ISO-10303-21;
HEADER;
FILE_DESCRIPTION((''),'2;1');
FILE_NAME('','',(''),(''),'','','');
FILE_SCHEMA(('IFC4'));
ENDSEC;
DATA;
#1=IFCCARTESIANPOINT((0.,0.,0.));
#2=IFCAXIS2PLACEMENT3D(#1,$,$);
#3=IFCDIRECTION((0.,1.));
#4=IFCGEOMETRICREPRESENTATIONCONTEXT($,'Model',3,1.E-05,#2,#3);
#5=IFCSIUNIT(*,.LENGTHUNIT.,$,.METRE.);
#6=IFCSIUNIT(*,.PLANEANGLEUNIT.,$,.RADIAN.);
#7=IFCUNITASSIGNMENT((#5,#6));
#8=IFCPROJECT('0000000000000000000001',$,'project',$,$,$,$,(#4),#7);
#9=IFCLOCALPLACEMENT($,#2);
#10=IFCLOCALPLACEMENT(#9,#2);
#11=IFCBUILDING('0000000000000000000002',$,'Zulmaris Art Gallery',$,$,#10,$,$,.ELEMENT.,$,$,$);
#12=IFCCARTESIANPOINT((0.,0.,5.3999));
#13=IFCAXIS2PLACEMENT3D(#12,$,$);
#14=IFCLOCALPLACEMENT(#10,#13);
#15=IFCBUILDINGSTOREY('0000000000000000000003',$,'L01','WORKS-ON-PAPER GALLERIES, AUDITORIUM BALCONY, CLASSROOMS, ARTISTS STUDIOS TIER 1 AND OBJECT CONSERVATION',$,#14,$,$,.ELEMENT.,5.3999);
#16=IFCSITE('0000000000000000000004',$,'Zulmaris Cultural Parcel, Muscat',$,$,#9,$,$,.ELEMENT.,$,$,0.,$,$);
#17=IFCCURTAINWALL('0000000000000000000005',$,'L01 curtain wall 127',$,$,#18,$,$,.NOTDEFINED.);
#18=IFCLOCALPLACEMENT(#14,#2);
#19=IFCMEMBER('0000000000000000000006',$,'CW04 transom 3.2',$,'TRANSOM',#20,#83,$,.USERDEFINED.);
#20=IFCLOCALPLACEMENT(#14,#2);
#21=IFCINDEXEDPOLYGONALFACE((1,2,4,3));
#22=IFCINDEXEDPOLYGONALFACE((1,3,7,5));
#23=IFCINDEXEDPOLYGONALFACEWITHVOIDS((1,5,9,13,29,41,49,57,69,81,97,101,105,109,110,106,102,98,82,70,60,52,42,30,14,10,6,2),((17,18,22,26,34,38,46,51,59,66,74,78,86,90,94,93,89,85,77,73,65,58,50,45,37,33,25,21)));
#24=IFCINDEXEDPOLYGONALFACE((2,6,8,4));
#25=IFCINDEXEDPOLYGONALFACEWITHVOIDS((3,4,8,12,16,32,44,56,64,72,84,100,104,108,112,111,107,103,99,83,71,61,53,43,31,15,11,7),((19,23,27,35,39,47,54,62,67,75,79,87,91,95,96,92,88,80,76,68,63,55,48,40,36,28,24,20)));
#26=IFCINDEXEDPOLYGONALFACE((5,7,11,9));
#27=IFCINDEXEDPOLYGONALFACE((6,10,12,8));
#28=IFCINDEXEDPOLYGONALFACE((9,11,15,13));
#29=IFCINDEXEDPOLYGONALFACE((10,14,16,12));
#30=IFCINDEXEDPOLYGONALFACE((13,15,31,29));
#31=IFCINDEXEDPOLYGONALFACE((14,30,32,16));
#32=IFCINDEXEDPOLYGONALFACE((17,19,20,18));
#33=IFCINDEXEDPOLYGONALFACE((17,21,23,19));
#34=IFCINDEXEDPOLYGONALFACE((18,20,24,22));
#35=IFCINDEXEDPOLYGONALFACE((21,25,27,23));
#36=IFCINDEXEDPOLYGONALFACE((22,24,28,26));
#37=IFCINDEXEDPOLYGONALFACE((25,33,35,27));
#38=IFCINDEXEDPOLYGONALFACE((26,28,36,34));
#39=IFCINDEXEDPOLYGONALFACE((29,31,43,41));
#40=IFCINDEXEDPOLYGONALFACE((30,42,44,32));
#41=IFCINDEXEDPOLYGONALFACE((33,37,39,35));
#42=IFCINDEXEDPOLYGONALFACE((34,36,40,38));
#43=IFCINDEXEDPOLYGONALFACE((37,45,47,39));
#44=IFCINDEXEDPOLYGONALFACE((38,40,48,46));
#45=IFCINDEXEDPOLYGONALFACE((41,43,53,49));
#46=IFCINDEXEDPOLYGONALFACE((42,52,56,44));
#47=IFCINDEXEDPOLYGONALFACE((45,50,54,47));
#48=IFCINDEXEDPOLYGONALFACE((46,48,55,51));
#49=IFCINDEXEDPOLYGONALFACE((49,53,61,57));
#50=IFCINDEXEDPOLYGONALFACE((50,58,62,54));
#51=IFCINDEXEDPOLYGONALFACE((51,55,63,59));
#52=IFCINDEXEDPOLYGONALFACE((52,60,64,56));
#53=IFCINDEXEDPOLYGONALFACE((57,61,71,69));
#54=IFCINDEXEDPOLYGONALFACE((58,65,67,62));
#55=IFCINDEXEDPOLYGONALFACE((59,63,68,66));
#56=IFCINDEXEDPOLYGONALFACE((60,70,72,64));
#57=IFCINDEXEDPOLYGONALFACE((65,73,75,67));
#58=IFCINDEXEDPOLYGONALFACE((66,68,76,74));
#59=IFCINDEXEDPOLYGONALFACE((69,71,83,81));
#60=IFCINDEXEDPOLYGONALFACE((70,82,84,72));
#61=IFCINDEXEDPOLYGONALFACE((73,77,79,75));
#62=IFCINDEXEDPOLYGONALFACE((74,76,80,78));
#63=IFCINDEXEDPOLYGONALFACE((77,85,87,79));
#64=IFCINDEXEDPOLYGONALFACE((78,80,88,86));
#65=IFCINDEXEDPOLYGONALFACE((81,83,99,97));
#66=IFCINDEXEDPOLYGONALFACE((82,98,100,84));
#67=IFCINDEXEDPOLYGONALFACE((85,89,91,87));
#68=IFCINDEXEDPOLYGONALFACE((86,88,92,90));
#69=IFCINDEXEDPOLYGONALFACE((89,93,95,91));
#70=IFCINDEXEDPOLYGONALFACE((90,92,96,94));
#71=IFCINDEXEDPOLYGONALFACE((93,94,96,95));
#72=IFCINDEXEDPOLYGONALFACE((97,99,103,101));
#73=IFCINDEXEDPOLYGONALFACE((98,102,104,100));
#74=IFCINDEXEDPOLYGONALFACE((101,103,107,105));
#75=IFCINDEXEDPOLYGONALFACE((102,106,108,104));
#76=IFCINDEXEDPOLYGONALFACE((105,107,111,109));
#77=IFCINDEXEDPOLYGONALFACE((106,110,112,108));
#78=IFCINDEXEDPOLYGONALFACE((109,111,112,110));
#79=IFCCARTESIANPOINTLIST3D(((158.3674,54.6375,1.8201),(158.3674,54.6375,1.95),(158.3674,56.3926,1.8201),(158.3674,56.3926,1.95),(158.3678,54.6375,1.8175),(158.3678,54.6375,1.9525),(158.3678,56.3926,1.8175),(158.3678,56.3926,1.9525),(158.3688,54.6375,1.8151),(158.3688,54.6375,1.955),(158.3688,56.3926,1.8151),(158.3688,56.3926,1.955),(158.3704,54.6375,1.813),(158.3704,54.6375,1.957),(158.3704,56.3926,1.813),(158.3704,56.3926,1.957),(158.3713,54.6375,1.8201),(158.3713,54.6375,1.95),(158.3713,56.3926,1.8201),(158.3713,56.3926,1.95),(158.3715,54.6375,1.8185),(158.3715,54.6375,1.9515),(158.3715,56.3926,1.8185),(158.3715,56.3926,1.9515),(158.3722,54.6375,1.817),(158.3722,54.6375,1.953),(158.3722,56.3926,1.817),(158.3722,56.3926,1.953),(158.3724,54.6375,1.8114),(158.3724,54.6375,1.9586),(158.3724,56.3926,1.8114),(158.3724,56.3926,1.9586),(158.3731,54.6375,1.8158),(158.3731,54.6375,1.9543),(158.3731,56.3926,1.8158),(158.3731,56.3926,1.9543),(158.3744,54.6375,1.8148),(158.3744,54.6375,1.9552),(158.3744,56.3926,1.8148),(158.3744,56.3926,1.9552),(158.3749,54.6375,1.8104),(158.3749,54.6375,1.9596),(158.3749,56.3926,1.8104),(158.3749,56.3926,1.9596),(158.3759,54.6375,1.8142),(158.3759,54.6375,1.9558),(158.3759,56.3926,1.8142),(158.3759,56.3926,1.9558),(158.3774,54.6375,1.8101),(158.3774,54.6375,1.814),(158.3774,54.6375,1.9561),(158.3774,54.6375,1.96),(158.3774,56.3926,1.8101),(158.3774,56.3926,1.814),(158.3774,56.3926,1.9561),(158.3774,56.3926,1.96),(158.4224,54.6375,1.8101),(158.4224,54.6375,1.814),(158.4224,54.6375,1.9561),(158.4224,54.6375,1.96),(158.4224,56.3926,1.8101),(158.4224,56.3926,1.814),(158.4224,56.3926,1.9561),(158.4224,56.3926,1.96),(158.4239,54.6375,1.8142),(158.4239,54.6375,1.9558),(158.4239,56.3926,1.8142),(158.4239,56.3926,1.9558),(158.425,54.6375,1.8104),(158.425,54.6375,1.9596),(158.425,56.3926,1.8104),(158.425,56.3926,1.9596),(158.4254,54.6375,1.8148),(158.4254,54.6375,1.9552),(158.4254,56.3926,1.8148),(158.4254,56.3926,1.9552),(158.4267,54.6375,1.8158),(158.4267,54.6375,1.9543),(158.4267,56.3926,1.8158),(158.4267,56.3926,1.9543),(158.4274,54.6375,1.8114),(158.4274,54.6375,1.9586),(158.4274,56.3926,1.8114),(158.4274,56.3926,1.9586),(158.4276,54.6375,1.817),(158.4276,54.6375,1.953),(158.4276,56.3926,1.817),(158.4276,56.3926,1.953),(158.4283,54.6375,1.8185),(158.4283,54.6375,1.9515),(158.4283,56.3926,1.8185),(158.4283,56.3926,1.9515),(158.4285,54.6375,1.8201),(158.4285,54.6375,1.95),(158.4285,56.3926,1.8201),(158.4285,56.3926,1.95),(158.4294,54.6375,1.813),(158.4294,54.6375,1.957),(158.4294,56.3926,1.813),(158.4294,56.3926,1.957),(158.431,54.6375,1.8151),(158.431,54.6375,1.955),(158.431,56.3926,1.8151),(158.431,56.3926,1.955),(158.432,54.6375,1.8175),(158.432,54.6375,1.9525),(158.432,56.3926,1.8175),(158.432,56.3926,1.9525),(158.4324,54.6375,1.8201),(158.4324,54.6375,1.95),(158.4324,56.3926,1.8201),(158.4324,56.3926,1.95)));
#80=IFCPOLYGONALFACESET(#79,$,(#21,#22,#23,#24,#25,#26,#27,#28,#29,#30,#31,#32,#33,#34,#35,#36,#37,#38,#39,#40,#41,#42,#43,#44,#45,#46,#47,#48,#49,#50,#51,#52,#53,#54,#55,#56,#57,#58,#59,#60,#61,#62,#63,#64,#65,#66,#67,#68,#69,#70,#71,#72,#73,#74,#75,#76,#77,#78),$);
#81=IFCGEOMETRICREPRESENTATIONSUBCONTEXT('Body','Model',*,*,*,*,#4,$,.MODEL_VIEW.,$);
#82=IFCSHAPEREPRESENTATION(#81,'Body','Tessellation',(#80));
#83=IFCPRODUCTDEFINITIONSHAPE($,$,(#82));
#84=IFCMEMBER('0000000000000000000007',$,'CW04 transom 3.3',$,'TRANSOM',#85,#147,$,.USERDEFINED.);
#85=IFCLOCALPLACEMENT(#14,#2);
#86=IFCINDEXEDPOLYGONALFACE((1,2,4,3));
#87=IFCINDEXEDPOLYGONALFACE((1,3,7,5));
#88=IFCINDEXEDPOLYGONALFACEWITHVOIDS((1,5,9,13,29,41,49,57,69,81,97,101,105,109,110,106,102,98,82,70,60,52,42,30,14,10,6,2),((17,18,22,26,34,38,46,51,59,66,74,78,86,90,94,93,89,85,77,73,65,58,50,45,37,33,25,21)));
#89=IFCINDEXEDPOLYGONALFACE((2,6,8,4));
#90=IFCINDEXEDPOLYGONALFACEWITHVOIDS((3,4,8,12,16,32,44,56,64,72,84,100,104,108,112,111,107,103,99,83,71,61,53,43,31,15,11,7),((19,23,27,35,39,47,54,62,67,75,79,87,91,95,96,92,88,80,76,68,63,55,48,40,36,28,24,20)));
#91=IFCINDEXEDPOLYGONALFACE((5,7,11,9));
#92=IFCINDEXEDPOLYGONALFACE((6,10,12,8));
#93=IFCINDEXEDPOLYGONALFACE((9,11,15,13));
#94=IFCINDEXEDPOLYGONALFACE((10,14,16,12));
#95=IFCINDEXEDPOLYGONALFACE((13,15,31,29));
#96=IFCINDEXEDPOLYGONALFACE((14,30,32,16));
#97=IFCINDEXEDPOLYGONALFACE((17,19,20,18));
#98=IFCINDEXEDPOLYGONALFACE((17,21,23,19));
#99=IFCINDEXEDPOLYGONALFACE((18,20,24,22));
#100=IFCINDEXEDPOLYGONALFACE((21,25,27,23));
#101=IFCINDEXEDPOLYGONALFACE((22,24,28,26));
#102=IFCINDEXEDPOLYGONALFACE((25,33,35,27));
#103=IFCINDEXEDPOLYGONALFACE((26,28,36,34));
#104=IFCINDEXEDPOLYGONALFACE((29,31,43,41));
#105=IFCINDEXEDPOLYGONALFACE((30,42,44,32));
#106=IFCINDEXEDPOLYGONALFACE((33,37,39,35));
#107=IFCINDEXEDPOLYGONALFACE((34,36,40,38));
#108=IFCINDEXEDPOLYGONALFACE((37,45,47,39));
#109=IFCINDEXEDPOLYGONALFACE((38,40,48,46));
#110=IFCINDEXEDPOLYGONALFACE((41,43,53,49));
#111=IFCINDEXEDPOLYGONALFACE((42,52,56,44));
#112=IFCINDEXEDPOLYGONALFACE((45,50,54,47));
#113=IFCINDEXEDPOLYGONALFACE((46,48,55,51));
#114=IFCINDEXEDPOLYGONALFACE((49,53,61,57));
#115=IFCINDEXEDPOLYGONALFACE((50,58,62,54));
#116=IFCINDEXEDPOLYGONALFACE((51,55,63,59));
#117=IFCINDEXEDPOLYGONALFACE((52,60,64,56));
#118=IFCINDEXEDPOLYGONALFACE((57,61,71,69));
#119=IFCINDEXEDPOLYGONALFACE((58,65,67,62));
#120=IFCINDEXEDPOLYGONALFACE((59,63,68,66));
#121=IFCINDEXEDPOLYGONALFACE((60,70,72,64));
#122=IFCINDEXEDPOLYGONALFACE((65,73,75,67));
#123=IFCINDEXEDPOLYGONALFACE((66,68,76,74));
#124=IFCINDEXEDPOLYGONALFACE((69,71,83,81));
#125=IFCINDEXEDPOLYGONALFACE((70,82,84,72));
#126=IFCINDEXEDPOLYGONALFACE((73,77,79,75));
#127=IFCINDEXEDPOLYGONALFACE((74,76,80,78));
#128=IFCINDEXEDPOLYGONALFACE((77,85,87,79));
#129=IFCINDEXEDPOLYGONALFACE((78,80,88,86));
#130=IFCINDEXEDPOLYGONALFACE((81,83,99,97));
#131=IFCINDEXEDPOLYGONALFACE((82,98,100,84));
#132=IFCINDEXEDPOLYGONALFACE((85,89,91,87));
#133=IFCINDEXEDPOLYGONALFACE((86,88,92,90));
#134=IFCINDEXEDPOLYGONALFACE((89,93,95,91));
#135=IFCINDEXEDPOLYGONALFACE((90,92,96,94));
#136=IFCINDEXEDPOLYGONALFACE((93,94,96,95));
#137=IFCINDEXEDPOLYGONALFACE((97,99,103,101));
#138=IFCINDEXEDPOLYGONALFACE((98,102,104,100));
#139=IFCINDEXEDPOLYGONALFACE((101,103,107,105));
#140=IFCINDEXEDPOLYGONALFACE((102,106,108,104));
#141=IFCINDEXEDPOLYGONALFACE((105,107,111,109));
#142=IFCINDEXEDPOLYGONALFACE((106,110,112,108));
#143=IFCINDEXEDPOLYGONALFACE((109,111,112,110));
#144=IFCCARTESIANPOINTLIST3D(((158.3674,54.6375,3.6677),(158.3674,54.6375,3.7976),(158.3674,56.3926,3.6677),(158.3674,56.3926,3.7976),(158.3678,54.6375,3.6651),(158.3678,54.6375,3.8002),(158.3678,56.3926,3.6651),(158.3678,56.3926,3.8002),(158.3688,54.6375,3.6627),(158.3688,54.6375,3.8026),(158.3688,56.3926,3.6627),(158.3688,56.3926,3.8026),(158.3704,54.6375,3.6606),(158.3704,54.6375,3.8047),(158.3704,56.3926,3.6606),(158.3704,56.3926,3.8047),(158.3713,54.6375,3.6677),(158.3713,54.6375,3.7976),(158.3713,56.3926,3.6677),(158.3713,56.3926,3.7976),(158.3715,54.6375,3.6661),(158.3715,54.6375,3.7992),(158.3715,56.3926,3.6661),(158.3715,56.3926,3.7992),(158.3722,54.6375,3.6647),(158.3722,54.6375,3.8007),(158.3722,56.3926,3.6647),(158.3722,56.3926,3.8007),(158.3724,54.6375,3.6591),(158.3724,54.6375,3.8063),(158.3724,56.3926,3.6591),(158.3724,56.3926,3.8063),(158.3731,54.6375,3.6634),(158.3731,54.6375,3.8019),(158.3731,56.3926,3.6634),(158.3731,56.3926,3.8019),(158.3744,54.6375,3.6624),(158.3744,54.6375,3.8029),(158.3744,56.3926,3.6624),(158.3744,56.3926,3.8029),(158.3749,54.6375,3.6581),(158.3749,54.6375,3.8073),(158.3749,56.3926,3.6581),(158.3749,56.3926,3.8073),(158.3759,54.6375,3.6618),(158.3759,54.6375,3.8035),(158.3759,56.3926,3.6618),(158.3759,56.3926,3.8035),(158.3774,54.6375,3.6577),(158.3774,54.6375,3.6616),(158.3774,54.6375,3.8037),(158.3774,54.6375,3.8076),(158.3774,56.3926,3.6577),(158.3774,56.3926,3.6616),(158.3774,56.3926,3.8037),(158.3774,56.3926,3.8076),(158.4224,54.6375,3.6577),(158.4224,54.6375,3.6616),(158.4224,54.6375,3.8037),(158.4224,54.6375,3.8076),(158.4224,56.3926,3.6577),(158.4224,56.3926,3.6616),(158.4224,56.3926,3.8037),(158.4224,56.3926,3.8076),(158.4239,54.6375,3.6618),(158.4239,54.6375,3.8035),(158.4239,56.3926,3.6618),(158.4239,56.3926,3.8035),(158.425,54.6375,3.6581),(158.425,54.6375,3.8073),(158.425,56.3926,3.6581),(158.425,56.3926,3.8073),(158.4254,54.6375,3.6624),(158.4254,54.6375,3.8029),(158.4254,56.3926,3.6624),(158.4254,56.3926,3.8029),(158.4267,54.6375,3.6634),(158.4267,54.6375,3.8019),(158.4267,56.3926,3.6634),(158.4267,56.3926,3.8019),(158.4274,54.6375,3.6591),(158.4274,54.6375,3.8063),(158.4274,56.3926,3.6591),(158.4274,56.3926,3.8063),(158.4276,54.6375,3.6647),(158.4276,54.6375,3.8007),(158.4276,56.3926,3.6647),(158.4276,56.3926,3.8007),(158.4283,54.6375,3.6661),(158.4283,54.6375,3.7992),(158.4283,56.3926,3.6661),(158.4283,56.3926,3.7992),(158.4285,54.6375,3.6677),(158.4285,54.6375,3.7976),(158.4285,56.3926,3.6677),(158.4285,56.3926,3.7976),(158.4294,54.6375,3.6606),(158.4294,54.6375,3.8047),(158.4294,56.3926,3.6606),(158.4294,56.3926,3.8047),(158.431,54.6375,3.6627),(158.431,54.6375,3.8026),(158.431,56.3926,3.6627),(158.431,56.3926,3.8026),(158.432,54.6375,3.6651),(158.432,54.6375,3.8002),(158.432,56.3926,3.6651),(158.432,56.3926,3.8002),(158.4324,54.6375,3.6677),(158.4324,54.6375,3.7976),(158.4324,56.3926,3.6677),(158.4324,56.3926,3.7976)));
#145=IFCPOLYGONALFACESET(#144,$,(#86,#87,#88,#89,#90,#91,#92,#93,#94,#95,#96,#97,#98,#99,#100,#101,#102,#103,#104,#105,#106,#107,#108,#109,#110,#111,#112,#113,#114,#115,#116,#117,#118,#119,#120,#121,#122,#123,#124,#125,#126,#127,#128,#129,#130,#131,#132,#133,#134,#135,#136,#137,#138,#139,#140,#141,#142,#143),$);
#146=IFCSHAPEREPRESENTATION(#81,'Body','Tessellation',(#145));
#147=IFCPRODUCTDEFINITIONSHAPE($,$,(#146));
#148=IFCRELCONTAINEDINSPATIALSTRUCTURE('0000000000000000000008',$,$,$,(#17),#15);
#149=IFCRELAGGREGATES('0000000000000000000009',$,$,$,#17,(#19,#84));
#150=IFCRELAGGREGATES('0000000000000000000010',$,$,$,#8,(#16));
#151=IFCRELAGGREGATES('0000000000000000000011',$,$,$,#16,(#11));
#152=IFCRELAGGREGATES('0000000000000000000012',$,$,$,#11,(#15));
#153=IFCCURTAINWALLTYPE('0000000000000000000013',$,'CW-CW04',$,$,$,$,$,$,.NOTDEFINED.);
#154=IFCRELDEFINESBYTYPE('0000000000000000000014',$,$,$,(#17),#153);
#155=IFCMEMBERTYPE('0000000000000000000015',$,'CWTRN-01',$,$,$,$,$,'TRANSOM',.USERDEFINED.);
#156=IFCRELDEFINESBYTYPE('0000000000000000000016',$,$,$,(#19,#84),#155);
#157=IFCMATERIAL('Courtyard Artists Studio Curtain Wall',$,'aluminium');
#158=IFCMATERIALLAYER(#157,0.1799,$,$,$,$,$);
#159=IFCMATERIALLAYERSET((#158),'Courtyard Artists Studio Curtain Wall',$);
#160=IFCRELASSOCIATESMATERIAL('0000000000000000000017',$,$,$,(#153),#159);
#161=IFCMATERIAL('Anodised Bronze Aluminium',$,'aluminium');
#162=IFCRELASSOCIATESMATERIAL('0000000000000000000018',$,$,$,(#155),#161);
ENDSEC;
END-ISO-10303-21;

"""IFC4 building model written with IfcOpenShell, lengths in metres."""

from ifc_helpers import new_model, si_unit, direction, frame, origin, origin_2d, place, context, subcontext, project, spatial, hollow_rectangle, extrude, material, layer, layer_set, material_profile, profile_set, type_object, element, aggregate, save


model = new_model("IFC4")

# Units and contexts
model_context = context("Model", 3, precision=1e-05, world=origin(), true_north=direction((0.0, 1.0)))
body_context = subcontext(model_context, "Body", "Model", "MODEL_VIEW")
ifc_project = project(units=[si_unit("LENGTHUNIT", "METRE"), si_unit("PLANEANGLEUNIT", "RADIAN")], contexts=[model_context])

# Site, building, storey
site_placement = place(None, origin())
site = spatial("IfcSite", under=ifc_project, at=site_placement, Name="Zulmaris Cultural Parcel, Muscat", CompositionType="ELEMENT", RefElevation=0.0)
building_placement = place(site_placement, origin())
building = spatial("IfcBuilding", under=site, at=building_placement, Name="Zulmaris Art Gallery", CompositionType="ELEMENT")
storey_placement = place(building_placement, frame((0.0, 0.0, 5.3999)))
storey = spatial("IfcBuildingStorey", under=building, at=storey_placement, Name="L01", Description="WORKS-ON-PAPER GALLERIES, AUDITORIUM BALCONY, CLASSROOMS, ARTISTS STUDIOS TIER 1 AND OBJECT CONSERVATION", CompositionType="ELEMENT", Elevation=5.3999)

# Curtain wall, members
ifc_material_1 = material(Name="Courtyard Artists Studio Curtain Wall", Category="aluminium")
ifc_layer_1 = layer(ifc_material_1, 0.1799)
ifc_layer_set_1 = layer_set([ifc_layer_1], Name="Courtyard Artists Studio Curtain Wall")
curtain_wall_type = type_object("IfcCurtainWallType", Name="CW-CW04", PredefinedType="NOTDEFINED", material=ifc_layer_set_1)
ifc_material_2 = material(Name="Anodised Bronze Aluminium", Category="aluminium")
curtain_wall_1_placement = place(storey_placement, origin())
curtain_wall_1 = element("IfcCurtainWall", 1, at=curtain_wall_1_placement, inside=storey, type_object=curtain_wall_type, Name="L01 curtain wall 127", PredefinedType="NOTDEFINED")
ifc_material_profile_1 = material_profile(ifc_material_2, hollow_rectangle(XDim=0.0649, YDim=0.1499, WallThickness=0.0039, InnerFilletRadius=0.0061, OuterFilletRadius=0.01, at=origin_2d()), Name="ALU 65x150x4")
ifc_profile_set_1 = profile_set([ifc_material_profile_1], Name="Anodised Bronze Aluminium")
member_type_1 = type_object("IfcMemberType", Name="CWTRN-01", ElementType="TRANSOM", PredefinedType="USERDEFINED", material=ifc_profile_set_1)
member_1_placement = place(storey_placement, frame((158.3999, 54.6375, 1.885), z_axis=(0.0, 1.0, 0.0), x_axis=(-1.0, 0.0, 0.0)))
member_1 = element("IfcMember", 2, at=member_1_placement, type_object=member_type_1, Name="CW04 transom 3.2", ObjectType="TRANSOM", PredefinedType="USERDEFINED", context=body_context, shape_type="SweptSolid", body=[
    extrude(hollow_rectangle(XDim=0.0649, YDim=0.1499, WallThickness=0.0039, InnerFilletRadius=0.0061, OuterFilletRadius=0.01, at=origin_2d()), origin(), (0.0, 0.0, 1.0), 1.7551),
])
member_2_placement = place(storey_placement, frame((158.3999, 54.6375, 3.7327), z_axis=(0.0, 1.0, 0.0), x_axis=(-1.0, 0.0, 0.0)))
member_2 = element("IfcMember", 3, at=member_2_placement, type_object=member_type_1, Name="CW04 transom 3.3", ObjectType="TRANSOM", PredefinedType="USERDEFINED", context=body_context, shape_type="SweptSolid", body=[
    extrude(hollow_rectangle(XDim=0.0649, YDim=0.1499, WallThickness=0.0039, InnerFilletRadius=0.0061, OuterFilletRadius=0.01, at=origin_2d()), origin(), (0.0, 0.0, 1.0), 1.7551),
])

aggregate(curtain_wall_1, [member_1, member_2])

save(model, "model.ifc")
